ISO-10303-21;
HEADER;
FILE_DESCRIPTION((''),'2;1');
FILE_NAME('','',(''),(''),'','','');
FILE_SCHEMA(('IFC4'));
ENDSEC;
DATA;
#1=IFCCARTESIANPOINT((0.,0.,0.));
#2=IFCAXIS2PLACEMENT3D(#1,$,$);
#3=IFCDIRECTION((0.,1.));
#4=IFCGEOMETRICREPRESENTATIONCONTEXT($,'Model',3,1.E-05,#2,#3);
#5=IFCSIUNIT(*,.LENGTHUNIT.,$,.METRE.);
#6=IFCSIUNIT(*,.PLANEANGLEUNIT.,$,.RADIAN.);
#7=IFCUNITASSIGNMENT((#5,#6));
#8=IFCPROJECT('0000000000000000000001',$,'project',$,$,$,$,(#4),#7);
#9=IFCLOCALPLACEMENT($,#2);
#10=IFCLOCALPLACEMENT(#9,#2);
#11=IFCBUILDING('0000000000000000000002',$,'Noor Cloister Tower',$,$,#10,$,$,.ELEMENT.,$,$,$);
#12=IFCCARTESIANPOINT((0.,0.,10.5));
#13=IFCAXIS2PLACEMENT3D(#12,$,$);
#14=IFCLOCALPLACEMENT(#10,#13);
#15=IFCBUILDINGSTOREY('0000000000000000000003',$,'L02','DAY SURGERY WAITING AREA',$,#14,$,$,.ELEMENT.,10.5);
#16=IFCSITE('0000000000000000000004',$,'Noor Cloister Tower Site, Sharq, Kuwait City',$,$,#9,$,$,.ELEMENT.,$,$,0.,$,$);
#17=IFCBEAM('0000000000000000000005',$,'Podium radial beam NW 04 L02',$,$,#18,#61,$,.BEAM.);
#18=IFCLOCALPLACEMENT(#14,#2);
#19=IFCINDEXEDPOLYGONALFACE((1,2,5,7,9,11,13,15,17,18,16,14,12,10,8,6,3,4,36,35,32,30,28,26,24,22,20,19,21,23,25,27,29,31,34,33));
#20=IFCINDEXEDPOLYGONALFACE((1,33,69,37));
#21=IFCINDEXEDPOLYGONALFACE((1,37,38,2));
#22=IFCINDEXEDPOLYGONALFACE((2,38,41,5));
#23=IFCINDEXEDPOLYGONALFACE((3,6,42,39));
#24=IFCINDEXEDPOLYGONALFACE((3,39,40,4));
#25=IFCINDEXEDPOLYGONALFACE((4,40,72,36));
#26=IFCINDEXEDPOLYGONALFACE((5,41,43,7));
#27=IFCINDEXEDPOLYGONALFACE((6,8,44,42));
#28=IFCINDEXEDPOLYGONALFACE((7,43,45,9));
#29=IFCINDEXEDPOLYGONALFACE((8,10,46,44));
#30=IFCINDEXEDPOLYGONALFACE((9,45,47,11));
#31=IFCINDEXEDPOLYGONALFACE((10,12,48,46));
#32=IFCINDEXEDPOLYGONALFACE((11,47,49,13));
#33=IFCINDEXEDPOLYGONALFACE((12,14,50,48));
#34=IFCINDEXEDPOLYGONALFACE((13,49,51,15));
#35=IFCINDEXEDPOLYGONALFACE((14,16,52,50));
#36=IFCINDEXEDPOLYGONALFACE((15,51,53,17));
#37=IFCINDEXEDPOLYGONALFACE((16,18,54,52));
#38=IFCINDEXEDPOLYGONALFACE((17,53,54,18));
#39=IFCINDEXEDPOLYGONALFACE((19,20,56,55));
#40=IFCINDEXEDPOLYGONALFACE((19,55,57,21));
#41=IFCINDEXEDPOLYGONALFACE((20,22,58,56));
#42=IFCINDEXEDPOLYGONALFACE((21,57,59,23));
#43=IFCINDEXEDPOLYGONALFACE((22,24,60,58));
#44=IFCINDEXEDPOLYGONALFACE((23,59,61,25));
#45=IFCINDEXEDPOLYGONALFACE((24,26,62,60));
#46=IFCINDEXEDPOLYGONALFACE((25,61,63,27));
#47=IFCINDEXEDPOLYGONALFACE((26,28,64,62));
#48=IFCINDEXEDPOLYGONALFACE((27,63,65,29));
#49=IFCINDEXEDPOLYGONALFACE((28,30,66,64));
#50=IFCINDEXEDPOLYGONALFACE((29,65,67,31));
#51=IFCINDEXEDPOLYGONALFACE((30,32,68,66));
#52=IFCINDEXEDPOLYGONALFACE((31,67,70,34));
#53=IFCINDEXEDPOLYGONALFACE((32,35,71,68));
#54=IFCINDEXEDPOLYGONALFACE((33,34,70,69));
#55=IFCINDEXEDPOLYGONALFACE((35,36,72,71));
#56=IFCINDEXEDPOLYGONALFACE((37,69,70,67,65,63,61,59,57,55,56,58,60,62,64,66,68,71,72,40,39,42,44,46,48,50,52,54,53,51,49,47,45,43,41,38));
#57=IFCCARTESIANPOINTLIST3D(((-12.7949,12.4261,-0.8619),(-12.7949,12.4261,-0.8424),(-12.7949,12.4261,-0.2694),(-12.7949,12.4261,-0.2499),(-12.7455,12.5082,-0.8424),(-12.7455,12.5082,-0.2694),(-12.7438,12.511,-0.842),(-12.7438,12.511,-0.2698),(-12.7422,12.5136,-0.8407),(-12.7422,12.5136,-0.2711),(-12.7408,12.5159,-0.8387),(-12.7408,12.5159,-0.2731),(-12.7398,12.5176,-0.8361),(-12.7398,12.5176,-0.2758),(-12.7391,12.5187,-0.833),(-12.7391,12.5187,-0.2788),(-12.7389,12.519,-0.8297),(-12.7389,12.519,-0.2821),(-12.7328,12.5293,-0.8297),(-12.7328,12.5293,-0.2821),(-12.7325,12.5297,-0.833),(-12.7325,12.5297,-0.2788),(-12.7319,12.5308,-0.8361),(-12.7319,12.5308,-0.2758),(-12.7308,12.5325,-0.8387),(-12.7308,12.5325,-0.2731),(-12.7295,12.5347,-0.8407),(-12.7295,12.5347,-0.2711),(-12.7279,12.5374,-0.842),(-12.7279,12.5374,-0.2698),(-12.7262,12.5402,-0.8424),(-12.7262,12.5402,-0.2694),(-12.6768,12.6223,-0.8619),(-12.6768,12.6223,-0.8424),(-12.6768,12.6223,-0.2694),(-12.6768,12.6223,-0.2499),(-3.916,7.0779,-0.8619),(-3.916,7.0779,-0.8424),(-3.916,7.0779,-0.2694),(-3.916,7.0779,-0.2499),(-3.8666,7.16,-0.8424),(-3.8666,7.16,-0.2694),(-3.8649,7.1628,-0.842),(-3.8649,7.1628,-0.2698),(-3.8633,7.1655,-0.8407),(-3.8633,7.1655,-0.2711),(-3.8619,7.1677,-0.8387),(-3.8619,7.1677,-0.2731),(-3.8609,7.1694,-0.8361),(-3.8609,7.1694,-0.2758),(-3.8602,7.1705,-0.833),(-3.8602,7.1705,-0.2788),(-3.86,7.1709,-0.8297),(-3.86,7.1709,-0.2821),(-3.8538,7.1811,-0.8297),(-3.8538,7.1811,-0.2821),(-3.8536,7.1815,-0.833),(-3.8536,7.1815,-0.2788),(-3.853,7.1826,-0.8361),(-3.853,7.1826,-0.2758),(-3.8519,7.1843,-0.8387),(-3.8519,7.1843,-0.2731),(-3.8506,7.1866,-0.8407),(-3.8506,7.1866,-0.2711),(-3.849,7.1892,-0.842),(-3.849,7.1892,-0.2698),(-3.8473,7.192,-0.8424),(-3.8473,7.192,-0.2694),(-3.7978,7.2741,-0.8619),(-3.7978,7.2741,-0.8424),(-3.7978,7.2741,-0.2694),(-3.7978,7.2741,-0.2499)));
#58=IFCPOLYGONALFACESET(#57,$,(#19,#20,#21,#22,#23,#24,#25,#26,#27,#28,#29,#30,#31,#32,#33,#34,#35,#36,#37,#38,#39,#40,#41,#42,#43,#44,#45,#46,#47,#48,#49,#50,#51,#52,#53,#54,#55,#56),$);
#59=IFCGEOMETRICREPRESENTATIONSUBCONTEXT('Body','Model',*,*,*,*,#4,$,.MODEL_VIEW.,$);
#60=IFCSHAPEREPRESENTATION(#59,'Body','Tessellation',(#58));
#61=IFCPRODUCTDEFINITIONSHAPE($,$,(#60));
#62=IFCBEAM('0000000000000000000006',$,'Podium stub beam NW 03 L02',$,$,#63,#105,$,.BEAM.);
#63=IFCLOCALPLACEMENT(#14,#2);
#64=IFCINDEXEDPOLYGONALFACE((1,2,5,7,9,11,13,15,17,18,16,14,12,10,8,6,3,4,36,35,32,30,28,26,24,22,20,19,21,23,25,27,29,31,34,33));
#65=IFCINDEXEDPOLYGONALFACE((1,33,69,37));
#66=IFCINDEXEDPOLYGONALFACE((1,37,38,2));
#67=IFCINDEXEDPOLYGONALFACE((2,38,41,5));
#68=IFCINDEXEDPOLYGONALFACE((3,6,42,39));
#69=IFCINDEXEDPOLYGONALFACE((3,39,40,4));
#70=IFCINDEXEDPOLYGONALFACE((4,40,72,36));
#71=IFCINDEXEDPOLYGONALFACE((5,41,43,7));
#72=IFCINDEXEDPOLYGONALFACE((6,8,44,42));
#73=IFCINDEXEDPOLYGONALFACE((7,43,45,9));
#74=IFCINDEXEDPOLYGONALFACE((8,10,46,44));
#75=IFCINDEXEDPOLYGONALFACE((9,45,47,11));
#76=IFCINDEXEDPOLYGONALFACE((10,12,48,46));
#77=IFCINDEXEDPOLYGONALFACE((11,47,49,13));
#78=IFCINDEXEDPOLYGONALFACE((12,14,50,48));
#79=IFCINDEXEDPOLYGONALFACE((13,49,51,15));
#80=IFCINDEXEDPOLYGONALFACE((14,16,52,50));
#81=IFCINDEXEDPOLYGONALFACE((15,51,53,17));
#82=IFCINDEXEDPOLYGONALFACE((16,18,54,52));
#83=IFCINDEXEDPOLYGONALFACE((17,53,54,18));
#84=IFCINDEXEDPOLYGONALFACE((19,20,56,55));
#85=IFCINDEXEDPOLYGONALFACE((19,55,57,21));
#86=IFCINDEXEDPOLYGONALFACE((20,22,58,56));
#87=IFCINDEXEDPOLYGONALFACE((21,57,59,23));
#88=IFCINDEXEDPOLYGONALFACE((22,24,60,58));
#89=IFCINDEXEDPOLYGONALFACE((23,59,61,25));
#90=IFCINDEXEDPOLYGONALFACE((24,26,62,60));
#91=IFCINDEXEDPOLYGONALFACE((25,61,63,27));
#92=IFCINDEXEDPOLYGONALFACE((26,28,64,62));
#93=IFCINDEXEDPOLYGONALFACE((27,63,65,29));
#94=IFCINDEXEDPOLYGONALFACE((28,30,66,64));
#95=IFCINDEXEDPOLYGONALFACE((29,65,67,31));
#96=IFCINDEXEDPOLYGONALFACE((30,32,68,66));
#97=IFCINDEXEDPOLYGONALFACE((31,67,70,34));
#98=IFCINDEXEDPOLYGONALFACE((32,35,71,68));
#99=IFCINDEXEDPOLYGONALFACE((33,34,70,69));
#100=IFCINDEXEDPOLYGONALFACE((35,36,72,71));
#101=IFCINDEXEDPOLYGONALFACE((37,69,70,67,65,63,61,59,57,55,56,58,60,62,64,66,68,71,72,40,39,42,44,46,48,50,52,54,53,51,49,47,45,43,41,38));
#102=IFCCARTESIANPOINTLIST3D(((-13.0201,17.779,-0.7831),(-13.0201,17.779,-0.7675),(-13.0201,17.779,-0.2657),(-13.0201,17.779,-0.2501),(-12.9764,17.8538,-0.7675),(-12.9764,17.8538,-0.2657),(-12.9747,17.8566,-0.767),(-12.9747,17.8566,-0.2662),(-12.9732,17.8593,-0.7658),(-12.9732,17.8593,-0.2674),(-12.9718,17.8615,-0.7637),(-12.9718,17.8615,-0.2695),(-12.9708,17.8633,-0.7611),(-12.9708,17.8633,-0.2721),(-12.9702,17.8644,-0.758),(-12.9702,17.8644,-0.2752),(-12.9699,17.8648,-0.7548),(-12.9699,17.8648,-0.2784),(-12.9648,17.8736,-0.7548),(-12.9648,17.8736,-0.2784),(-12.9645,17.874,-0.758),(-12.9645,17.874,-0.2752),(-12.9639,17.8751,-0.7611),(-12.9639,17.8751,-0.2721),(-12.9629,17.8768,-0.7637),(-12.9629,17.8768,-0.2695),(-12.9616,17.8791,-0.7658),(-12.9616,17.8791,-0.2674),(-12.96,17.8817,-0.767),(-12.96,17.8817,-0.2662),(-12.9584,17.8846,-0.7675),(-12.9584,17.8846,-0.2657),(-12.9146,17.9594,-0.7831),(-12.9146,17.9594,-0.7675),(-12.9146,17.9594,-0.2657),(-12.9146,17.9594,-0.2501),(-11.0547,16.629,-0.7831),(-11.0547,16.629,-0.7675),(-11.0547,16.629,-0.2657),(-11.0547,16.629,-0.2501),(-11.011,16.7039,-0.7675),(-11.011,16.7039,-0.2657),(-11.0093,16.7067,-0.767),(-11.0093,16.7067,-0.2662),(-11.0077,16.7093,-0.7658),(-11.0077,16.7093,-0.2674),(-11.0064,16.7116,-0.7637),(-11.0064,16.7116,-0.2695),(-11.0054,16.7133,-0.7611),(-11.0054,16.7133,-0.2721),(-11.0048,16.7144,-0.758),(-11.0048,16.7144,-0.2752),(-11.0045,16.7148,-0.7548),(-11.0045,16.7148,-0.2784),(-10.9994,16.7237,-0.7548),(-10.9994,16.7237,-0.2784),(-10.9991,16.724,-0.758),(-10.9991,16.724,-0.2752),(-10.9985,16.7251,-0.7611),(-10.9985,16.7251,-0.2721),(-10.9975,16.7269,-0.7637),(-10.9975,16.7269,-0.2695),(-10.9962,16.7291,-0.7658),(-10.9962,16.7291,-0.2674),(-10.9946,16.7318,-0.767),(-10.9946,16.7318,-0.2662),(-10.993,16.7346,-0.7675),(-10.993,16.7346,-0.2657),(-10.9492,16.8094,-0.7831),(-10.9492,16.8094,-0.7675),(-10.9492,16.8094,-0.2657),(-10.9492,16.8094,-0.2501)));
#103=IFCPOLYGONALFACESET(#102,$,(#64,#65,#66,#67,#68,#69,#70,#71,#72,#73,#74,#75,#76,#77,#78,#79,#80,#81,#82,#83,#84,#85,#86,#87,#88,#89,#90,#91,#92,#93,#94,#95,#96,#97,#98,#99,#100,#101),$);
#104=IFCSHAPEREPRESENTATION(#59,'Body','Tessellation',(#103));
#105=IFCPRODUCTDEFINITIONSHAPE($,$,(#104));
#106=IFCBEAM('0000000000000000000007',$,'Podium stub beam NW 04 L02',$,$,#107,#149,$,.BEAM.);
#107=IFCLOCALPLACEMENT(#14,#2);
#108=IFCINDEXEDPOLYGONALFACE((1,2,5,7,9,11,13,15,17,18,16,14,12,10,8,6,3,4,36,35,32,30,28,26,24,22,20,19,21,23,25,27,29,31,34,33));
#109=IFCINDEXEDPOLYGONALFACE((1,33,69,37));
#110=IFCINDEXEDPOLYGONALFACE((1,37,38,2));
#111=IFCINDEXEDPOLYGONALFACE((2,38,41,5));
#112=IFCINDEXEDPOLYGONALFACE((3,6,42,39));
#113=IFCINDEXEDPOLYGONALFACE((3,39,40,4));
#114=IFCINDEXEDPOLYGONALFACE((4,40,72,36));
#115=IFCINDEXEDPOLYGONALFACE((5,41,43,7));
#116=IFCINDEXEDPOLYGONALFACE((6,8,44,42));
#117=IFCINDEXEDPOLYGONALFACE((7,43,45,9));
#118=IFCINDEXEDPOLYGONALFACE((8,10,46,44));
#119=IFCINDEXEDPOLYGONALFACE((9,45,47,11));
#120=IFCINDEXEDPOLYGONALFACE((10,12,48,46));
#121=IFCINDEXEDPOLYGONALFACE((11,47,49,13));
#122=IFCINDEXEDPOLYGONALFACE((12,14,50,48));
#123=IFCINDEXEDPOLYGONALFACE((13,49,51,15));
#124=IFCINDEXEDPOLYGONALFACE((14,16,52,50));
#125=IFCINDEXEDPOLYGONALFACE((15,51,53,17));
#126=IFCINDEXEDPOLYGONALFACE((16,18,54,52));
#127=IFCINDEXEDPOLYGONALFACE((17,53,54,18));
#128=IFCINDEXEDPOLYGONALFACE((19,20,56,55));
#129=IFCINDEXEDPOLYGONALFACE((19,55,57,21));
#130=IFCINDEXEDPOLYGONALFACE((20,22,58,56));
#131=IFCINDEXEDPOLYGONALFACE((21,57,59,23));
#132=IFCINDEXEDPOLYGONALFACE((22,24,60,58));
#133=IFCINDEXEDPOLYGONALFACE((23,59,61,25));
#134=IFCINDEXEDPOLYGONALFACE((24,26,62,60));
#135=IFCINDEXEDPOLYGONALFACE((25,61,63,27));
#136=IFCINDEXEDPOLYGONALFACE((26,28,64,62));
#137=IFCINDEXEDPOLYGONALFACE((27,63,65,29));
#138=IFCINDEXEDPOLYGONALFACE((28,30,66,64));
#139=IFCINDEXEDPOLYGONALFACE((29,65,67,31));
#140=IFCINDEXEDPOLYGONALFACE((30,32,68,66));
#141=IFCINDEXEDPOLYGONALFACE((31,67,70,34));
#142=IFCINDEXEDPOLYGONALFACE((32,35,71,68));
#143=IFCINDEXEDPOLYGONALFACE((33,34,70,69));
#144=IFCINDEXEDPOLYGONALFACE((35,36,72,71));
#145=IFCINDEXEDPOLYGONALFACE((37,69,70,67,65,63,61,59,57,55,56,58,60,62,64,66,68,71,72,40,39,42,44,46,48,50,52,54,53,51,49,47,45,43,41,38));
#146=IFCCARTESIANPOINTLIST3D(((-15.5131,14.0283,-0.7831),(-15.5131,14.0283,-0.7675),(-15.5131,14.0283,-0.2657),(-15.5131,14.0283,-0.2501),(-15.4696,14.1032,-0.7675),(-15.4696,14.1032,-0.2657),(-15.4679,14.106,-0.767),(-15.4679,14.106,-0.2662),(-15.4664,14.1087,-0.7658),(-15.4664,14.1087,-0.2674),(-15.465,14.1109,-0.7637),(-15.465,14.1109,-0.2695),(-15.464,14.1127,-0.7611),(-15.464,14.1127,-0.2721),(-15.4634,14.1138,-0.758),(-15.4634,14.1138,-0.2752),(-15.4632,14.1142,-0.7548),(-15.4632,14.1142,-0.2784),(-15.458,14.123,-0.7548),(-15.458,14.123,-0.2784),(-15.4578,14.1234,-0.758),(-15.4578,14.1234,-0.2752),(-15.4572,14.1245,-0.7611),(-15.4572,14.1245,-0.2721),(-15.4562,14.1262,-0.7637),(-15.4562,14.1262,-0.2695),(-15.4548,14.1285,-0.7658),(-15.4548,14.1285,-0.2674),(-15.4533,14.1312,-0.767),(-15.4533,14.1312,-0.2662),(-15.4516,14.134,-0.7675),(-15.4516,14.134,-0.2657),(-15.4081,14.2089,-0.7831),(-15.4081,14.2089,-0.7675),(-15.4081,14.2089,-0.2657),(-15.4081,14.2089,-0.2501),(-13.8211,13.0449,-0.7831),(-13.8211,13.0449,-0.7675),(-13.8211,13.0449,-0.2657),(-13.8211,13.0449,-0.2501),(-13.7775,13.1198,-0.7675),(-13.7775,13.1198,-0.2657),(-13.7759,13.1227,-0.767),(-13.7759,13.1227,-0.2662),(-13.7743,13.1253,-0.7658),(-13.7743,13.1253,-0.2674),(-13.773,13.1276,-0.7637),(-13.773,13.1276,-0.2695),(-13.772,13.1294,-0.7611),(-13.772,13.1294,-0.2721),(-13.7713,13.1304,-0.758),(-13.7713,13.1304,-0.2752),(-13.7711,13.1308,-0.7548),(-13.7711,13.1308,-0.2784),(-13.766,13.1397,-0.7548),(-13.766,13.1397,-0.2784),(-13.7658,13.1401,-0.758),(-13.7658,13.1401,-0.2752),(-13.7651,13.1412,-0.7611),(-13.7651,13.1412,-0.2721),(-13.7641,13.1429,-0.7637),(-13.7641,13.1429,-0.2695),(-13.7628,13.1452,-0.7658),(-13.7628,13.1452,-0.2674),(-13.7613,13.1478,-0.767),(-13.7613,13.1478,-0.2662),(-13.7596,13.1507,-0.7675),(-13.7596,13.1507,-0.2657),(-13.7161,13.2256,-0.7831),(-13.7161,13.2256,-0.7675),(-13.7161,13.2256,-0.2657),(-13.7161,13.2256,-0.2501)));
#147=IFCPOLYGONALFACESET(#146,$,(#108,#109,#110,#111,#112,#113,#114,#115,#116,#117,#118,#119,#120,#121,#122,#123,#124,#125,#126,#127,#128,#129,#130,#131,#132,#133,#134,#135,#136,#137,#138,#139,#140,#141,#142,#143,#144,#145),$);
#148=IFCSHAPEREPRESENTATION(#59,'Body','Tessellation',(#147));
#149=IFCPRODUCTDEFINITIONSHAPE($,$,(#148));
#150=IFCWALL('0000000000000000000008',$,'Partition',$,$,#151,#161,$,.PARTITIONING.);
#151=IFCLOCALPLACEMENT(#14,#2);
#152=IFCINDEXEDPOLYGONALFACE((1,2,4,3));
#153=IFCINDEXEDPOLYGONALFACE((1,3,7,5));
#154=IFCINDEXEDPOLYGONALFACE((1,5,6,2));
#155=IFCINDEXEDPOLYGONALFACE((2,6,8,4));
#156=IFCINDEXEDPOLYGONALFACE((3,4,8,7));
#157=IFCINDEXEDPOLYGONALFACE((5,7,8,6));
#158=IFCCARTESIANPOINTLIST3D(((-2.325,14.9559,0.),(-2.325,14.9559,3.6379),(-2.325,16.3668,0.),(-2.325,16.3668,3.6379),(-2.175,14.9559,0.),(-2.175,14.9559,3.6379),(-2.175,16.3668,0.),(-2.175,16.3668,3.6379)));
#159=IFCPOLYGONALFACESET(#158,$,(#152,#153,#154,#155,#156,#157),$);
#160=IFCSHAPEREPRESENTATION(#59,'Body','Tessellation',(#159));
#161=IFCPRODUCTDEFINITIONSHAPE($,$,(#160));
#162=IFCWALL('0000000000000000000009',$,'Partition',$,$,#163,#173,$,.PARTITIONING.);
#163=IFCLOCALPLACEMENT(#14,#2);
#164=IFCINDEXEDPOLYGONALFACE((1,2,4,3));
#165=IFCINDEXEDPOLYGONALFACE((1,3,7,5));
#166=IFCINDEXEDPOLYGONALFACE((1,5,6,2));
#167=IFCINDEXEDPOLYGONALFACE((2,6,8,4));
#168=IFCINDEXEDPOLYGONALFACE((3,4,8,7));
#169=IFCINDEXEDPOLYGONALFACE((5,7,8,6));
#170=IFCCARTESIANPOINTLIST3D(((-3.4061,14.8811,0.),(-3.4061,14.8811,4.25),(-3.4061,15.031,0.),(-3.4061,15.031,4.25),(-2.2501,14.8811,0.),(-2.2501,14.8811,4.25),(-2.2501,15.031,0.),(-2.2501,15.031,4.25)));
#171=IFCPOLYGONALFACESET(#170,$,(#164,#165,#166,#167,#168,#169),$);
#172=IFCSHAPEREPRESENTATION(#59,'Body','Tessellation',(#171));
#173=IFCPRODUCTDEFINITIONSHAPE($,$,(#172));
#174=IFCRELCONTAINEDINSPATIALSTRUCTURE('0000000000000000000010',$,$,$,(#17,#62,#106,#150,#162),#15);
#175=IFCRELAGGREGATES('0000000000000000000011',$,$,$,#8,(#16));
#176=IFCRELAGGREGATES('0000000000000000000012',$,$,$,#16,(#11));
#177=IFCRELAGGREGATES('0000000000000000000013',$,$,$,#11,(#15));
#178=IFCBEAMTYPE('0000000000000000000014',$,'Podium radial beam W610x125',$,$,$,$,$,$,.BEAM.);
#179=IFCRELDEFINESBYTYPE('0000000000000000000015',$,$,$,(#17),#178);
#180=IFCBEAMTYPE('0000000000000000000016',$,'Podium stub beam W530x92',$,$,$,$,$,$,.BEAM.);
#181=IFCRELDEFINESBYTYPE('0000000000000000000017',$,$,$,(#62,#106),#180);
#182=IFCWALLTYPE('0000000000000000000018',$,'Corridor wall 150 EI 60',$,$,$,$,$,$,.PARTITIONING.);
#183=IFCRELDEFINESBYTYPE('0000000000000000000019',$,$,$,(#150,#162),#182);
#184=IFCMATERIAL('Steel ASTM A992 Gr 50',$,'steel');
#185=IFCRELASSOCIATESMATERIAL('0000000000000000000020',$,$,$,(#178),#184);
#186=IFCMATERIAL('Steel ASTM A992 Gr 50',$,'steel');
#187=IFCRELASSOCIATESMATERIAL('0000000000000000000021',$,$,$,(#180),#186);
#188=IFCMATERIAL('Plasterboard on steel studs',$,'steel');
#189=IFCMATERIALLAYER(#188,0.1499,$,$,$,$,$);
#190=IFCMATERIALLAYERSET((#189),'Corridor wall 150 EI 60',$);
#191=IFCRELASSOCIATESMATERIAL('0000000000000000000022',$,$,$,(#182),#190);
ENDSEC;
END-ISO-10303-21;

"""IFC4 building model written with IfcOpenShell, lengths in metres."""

from ifc_helpers import new_model, si_unit, direction, frame, frame_2d, origin, origin_2d, place, context, subcontext, project, spatial, rectangle, i_section, extrude, material, layer, layer_set, material_profile, profile_set, type_object, element, save


model = new_model("IFC4")

# Units and contexts
model_context = context("Model", 3, precision=1e-05, world=origin(), true_north=direction((0.0, 1.0)))
body_context = subcontext(model_context, "Body", "Model", "MODEL_VIEW")
ifc_project = project(units=[si_unit("LENGTHUNIT", "METRE"), si_unit("PLANEANGLEUNIT", "RADIAN")], contexts=[model_context])

# Site, building, storey
site_placement = place(None, origin())
site = spatial("IfcSite", under=ifc_project, at=site_placement, Name="Noor Cloister Tower Site, Sharq, Kuwait City", CompositionType="ELEMENT", RefElevation=0.0)
building_placement = place(site_placement, origin())
building = spatial("IfcBuilding", under=site, at=building_placement, Name="Noor Cloister Tower", CompositionType="ELEMENT")
storey_placement = place(building_placement, frame((0.0, 0.0, 10.5)))
storey = spatial("IfcBuildingStorey", under=building, at=storey_placement, Name="L02", Description="DAY SURGERY WAITING AREA", CompositionType="ELEMENT", Elevation=10.5)

# Beams
ifc_material_1 = material(Name="Steel ASTM A992 Gr 50", Category="steel")
ifc_material_profile_1 = material_profile(ifc_material_1, i_section(OverallWidth=0.229, OverallDepth=0.6121, WebThickness=0.012, FlangeThickness=0.0195, FilletRadius=0.0127, at=origin_2d()), Name="W610x125")
ifc_profile_set_1 = profile_set([ifc_material_profile_1], Name="Steel ASTM A992 Gr 50")
beam_type_1 = type_object("IfcBeamType", Name="Podium radial beam W610x125", PredefinedType="BEAM", material=ifc_profile_set_1)
beam_1_placement = place(storey_placement, frame((-12.7358, 12.5242, -0.5559), z_axis=(0.856606, -0.515971, 0.0), x_axis=(0.515971, 0.856606, 0.0)))
element("IfcBeam", 1, at=beam_1_placement, inside=storey, type_object=beam_type_1, Name="Podium radial beam NW 04 L02", PredefinedType="BEAM", context=body_context, shape_type="SweptSolid", body=[
    extrude(i_section(OverallWidth=0.229, OverallDepth=0.6121, WebThickness=0.012, FlangeThickness=0.0195, FilletRadius=0.0127, at=origin_2d()), origin(), (0.0, 0.0, 1.0), 10.3652),
])
ifc_material_2 = material(Name="Steel ASTM A992 Gr 50", Category="steel")
ifc_material_profile_2 = material_profile(ifc_material_2, i_section(OverallWidth=0.209, OverallDepth=0.533, WebThickness=0.0103, FlangeThickness=0.0156, FilletRadius=0.0127, at=origin_2d()), Name="W530x92")
ifc_profile_set_2 = profile_set([ifc_material_profile_2], Name="Steel ASTM A992 Gr 50")
beam_type_2 = type_object("IfcBeamType", Name="Podium stub beam W530x92", PredefinedType="BEAM", material=ifc_profile_set_2)
beam_2_placement = place(storey_placement, frame((-11.002, 16.7192, -0.5166), z_axis=(-0.863117, 0.505004, 0.0), x_axis=(-0.505004, -0.863117, 0.0)))
element("IfcBeam", 2, at=beam_2_placement, inside=storey, type_object=beam_type_2, Name="Podium stub beam NW 03 L02", PredefinedType="BEAM", context=body_context, shape_type="SweptSolid", body=[
    extrude(i_section(OverallWidth=0.209, OverallDepth=0.533, WebThickness=0.0103, FlangeThickness=0.0156, FilletRadius=0.0127, at=origin_2d()), origin(), (0.0, 0.0, 1.0), 2.2771),
])
beam_3_placement = place(storey_placement, frame((-13.7686, 13.1353, -0.5166), z_axis=(-0.864597, 0.502467, 0.0), x_axis=(-0.502467, -0.864597, 0.0)))
element("IfcBeam", 3, at=beam_3_placement, inside=storey, type_object=beam_type_2, Name="Podium stub beam NW 04 L02", PredefinedType="BEAM", context=body_context, shape_type="SweptSolid", body=[
    extrude(i_section(OverallWidth=0.209, OverallDepth=0.533, WebThickness=0.0103, FlangeThickness=0.0156, FilletRadius=0.0127, at=origin_2d()), origin(), (0.0, 0.0, 1.0), 1.957),
])

# Walls
ifc_material_3 = material(Name="Plasterboard on steel studs", Category="steel")
ifc_layer_1 = layer(ifc_material_3, 0.1499)
ifc_layer_set_1 = layer_set([ifc_layer_1], Name="Corridor wall 150 EI 60")
wall_type_1 = type_object("IfcWallType", Name="Corridor wall 150 EI 60", PredefinedType="PARTITIONING", material=ifc_layer_set_1)
wall_1_placement = place(storey_placement, frame((-2.25, 16.3669, 0.0), z_axis=(0.0, 0.0, 1.0), x_axis=(0.0, -1.0, 0.0)))
element("IfcWall", 4, at=wall_1_placement, inside=storey, type_object=wall_type_1, Name="Partition", PredefinedType="PARTITIONING", context=body_context, shape_type="SweptSolid", body=[
    extrude(rectangle(XDim=1.4109, YDim=0.1499, at=frame_2d((0.7056, 0.0))), origin(), (0.0, 0.0, 1.0), 3.6379),
])
wall_2_placement = place(storey_placement, frame((-2.25, 14.9561, 0.0), z_axis=(0.0, 0.0, 1.0), x_axis=(-1.0, 0.0, 0.0)))
element("IfcWall", 5, at=wall_2_placement, inside=storey, type_object=wall_type_1, Name="Partition", PredefinedType="PARTITIONING", context=body_context, shape_type="SweptSolid", body=[
    extrude(rectangle(XDim=1.156, YDim=0.1499, at=frame_2d((0.5781, 0.0))), origin(), (0.0, 0.0, 1.0), 4.25),
])

save(model, "model.ifc")
